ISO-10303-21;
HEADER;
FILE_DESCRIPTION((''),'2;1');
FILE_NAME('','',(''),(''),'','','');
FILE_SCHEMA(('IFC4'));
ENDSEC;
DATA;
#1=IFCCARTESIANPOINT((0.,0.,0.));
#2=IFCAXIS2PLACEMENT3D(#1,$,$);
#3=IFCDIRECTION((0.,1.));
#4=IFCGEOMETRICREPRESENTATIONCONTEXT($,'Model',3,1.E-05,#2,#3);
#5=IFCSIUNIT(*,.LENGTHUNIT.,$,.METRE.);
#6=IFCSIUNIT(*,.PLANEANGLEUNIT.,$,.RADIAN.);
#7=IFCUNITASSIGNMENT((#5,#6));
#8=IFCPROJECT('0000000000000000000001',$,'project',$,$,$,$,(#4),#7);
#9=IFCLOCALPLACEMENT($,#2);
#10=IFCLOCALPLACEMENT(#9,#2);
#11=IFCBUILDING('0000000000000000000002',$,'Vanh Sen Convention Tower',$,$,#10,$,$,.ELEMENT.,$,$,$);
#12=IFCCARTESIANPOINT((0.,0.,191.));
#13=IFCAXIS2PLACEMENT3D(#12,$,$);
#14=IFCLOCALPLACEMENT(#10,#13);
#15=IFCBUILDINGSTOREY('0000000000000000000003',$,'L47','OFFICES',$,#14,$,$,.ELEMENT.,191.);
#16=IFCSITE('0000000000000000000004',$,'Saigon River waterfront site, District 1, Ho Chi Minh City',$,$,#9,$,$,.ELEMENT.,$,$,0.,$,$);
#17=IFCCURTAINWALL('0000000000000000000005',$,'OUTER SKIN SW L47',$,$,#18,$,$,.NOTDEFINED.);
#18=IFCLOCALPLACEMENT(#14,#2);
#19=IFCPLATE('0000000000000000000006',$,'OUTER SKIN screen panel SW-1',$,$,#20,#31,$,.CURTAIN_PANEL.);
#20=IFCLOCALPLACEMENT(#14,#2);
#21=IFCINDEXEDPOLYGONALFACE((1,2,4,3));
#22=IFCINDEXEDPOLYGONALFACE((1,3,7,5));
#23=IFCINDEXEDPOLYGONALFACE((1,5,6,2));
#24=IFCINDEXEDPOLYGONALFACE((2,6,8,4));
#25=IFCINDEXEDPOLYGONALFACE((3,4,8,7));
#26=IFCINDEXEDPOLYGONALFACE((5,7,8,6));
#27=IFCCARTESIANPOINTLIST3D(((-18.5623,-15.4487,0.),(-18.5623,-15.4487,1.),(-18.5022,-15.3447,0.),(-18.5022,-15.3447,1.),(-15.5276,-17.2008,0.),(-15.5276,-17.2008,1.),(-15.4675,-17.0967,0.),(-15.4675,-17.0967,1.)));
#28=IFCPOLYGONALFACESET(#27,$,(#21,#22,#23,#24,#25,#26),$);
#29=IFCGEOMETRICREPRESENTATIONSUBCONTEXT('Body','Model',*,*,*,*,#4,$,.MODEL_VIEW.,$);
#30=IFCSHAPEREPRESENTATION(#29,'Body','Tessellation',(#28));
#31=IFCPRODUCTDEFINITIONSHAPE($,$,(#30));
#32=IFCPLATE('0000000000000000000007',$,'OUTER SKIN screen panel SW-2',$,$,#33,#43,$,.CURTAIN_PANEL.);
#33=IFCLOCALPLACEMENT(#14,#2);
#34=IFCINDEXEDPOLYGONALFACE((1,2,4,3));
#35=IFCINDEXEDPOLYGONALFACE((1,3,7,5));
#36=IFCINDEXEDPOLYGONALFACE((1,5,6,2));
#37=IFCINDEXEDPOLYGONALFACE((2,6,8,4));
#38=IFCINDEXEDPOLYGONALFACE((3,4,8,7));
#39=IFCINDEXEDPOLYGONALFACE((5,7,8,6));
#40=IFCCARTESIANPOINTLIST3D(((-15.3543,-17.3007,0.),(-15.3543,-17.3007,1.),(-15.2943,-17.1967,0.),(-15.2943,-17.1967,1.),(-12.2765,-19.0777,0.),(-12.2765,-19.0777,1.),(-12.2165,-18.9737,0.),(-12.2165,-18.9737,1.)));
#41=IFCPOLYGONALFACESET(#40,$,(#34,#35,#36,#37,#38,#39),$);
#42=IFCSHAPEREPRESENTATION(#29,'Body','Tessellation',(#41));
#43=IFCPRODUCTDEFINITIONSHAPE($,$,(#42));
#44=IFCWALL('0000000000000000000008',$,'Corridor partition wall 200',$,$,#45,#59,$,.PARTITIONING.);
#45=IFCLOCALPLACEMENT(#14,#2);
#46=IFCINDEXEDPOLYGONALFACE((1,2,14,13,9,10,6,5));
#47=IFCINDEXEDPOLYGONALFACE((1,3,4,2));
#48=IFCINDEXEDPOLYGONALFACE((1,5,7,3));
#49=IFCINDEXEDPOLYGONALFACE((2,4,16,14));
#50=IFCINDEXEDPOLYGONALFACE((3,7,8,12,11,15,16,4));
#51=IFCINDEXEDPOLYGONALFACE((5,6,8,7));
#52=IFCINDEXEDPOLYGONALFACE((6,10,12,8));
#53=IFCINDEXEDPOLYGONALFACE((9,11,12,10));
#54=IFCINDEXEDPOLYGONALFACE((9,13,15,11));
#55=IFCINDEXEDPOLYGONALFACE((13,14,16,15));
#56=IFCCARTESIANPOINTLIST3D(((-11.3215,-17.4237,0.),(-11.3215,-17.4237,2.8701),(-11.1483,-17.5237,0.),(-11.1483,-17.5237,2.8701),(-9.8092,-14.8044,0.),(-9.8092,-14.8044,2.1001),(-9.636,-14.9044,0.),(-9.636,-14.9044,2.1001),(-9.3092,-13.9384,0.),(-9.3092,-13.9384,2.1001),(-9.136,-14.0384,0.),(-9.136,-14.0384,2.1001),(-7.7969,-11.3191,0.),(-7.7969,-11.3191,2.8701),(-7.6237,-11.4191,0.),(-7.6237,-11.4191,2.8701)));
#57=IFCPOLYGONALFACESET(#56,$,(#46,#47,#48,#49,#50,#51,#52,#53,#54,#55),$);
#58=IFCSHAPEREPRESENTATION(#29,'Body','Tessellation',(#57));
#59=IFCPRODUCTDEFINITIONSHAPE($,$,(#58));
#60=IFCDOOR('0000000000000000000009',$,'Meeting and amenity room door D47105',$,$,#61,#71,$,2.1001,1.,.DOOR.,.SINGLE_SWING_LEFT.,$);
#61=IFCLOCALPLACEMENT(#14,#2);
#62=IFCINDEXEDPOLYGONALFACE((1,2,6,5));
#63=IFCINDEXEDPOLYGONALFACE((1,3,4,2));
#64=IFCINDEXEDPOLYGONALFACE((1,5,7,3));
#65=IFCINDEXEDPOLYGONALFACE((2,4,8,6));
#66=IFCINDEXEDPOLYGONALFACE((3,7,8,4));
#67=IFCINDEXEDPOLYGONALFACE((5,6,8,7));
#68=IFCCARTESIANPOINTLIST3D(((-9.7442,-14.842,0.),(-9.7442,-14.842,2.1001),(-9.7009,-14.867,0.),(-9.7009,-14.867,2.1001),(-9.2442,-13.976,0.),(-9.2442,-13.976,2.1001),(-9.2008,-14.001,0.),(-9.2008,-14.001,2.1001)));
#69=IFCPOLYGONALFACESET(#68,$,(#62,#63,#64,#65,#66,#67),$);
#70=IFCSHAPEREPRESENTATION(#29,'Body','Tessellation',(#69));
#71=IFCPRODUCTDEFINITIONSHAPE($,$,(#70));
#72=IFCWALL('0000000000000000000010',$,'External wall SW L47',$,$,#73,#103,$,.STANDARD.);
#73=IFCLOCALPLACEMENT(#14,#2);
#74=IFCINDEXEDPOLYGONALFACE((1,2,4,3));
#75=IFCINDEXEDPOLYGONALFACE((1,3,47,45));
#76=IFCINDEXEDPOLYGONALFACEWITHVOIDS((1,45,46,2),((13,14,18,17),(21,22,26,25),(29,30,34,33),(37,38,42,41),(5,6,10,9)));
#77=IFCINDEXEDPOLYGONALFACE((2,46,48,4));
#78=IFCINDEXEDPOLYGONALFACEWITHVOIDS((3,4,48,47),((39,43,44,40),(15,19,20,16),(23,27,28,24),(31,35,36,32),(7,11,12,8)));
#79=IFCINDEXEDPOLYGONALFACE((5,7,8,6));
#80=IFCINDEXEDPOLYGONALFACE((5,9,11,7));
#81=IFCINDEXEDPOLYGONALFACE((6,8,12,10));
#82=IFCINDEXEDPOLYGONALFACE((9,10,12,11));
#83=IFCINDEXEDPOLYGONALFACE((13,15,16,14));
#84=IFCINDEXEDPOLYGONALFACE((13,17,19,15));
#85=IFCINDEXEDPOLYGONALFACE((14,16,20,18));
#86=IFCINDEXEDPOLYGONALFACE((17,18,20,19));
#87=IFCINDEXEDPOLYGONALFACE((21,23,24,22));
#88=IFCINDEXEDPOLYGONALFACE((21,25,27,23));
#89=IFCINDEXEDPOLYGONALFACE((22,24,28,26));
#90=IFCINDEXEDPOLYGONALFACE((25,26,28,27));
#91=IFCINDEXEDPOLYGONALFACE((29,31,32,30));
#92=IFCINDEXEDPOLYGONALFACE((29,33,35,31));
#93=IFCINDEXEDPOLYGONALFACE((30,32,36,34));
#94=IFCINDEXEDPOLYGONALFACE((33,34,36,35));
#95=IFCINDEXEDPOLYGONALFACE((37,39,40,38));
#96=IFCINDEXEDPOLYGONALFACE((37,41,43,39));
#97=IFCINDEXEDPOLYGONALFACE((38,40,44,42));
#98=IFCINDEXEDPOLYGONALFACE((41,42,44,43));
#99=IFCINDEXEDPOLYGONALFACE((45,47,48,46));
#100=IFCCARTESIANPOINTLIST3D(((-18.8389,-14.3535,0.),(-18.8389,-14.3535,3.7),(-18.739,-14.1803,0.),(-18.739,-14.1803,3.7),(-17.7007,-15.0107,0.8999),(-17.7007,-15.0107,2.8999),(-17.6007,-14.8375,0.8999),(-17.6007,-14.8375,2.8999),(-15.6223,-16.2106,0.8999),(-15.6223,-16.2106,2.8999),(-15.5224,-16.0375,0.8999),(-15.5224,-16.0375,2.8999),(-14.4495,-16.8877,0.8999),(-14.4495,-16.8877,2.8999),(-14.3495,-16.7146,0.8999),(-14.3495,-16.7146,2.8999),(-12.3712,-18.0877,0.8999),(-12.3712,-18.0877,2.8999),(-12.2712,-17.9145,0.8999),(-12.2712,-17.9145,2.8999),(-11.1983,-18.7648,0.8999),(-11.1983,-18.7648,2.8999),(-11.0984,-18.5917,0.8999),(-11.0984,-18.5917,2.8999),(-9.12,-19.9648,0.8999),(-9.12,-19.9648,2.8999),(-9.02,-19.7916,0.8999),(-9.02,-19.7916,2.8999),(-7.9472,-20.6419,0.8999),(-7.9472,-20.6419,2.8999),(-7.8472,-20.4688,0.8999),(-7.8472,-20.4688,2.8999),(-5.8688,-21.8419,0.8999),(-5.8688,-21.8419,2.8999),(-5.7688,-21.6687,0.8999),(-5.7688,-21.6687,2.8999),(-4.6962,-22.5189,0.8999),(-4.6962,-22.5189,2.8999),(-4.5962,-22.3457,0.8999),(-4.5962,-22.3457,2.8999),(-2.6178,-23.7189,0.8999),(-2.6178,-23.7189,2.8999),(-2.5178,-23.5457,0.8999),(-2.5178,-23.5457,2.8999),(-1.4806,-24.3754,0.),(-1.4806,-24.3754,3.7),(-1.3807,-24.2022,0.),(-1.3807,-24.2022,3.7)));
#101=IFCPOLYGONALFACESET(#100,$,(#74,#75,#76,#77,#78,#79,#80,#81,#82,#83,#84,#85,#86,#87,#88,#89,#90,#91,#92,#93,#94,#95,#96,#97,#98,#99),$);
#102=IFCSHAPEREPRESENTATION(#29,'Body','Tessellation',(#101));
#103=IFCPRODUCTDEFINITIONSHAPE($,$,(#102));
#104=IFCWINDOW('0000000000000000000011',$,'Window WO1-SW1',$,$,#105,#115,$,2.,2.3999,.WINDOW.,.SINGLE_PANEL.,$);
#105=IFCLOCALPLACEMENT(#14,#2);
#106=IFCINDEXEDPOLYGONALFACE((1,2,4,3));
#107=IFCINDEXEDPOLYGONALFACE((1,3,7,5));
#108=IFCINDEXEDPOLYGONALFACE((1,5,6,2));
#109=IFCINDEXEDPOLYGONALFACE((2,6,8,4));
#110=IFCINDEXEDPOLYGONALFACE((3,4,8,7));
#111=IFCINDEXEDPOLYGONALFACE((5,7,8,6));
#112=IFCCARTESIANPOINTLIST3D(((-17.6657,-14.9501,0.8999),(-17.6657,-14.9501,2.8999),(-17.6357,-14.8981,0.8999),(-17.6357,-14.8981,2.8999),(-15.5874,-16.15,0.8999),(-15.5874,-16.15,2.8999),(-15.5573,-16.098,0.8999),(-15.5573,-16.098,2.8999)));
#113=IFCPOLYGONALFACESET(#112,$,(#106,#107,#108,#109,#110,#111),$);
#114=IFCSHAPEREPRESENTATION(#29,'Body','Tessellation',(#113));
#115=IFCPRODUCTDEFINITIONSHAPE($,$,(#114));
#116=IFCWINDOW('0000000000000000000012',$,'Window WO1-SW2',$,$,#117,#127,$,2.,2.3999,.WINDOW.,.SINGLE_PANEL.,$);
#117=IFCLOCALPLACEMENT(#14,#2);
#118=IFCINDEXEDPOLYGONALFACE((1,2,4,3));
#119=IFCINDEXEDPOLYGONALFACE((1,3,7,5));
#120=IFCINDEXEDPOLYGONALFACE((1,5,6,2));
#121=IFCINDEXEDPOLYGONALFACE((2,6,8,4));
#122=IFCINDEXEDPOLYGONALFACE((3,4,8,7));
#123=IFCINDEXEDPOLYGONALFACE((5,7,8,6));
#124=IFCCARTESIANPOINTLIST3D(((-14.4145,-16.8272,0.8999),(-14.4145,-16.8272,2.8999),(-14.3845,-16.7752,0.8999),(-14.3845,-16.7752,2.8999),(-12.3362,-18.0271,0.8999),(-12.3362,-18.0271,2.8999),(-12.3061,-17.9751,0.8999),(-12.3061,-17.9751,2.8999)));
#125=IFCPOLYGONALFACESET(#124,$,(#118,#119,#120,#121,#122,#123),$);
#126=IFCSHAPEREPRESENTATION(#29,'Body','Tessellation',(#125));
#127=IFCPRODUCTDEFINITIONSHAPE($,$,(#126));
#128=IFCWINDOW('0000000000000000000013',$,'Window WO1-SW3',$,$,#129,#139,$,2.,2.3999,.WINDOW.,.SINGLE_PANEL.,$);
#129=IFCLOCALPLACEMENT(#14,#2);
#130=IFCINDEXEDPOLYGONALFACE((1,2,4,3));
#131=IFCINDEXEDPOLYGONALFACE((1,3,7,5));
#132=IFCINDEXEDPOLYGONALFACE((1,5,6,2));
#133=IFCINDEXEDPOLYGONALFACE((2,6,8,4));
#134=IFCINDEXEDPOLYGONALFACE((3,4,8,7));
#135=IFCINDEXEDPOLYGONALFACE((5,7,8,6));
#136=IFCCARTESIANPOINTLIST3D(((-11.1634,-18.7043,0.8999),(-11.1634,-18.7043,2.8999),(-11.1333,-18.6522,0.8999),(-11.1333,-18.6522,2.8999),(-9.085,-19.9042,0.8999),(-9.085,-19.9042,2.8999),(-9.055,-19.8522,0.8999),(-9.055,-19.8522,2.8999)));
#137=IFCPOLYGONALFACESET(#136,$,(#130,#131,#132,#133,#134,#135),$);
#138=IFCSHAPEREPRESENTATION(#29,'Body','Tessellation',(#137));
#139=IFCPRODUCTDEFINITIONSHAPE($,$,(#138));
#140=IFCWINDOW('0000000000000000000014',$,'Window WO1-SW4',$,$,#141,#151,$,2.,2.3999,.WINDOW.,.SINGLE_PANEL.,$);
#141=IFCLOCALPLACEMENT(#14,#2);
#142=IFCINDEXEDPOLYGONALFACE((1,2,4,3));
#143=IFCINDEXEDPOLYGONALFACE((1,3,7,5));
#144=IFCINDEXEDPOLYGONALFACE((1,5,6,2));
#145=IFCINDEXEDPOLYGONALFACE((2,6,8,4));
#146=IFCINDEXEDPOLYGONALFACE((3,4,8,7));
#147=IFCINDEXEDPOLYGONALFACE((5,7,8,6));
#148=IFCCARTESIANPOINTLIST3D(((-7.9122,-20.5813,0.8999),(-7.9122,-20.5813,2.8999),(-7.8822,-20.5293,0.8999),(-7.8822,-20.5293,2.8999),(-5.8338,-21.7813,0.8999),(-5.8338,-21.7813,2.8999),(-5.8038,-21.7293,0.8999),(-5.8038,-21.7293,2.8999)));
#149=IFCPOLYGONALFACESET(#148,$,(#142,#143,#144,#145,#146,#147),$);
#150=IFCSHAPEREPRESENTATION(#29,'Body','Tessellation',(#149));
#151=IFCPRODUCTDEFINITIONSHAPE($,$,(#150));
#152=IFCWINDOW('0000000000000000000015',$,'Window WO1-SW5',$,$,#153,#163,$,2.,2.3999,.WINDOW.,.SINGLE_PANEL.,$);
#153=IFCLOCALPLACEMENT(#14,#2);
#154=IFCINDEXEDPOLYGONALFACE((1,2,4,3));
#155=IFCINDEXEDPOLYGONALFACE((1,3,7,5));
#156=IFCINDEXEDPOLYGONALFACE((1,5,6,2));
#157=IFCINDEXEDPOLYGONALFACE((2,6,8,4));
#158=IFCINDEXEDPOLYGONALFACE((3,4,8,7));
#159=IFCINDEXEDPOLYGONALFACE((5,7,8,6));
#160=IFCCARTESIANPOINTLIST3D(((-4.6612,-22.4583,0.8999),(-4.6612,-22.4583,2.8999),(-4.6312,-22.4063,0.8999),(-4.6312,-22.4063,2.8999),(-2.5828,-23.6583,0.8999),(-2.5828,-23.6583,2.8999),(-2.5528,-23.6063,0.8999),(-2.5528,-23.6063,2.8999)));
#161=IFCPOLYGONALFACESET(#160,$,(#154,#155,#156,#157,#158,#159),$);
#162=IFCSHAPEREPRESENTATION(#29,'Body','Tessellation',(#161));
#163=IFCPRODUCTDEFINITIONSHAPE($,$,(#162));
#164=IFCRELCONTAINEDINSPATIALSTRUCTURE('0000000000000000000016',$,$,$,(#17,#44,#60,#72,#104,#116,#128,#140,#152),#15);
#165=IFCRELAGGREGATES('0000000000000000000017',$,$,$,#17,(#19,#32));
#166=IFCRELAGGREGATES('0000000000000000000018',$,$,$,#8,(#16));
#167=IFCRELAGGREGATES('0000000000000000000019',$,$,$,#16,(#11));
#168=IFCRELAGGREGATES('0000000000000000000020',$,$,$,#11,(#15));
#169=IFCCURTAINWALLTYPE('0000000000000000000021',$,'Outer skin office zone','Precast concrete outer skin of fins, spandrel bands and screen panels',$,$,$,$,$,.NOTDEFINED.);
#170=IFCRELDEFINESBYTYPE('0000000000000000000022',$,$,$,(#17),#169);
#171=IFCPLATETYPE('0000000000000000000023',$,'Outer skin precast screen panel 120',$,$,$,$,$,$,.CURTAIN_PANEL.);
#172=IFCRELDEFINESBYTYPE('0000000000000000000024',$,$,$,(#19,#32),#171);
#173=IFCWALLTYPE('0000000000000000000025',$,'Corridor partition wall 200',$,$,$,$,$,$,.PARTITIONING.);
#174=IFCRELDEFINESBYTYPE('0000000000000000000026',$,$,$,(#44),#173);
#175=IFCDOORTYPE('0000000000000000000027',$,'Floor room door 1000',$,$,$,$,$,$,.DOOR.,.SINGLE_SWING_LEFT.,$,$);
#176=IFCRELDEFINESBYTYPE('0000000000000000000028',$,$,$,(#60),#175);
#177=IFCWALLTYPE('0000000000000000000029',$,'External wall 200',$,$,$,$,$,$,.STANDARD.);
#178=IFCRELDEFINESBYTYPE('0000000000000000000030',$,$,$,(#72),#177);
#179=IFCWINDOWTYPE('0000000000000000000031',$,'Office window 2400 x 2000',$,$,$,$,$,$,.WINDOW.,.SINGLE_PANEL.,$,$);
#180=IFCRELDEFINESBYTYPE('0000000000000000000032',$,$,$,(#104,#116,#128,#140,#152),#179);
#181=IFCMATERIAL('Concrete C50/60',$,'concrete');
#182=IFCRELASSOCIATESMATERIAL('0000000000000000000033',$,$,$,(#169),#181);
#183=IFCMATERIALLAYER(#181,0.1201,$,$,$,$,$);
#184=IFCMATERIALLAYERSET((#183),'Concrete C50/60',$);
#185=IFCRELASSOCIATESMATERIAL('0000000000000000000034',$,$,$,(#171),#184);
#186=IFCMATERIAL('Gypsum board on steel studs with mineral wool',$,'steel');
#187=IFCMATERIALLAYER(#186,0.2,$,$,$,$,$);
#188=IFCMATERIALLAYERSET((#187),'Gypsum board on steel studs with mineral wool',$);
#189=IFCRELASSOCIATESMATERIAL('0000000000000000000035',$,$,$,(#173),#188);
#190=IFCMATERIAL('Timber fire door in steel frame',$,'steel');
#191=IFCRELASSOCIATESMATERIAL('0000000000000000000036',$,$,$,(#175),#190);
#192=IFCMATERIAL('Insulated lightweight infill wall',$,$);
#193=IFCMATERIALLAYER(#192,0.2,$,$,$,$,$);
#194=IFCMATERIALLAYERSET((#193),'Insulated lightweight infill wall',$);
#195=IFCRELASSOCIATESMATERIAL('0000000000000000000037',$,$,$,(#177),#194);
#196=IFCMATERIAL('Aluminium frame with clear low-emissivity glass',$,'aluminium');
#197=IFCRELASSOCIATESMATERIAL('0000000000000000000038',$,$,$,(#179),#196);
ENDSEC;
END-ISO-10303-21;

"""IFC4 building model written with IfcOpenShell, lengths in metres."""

from ifc_helpers import new_model, si_unit, direction, frame, frame_2d, origin, origin_2d, place, context, subcontext, project, spatial, rectangle, extrude, material, layer, layer_set, type_object, element, fill, aggregate, save


model = new_model("IFC4")

# Units and contexts
model_context = context("Model", 3, precision=1e-05, world=origin(), true_north=direction((0.0, 1.0)))
body_context = subcontext(model_context, "Body", "Model", "MODEL_VIEW")
ifc_project = project(units=[si_unit("LENGTHUNIT", "METRE"), si_unit("PLANEANGLEUNIT", "RADIAN")], contexts=[model_context])

# Site, building, storey
site_placement = place(None, origin())
site = spatial("IfcSite", under=ifc_project, at=site_placement, Name="Saigon River waterfront site, District 1, Ho Chi Minh City", CompositionType="ELEMENT", RefElevation=0.0)
building_placement = place(site_placement, origin())
building = spatial("IfcBuilding", under=site, at=building_placement, Name="Vanh Sen Convention Tower", CompositionType="ELEMENT")
storey_placement = place(building_placement, frame((0.0, 0.0, 191.0)))
storey = spatial("IfcBuildingStorey", under=building, at=storey_placement, Name="L47", Description="OFFICES", CompositionType="ELEMENT", Elevation=191.0)

# Curtain wall
ifc_material_1 = material(Name="Concrete C50/60", Category="concrete")
curtain_wall_type = type_object("IfcCurtainWallType", Name="Outer skin office zone", Description="Precast concrete outer skin of fins, spandrel bands and screen panels", PredefinedType="NOTDEFINED", material=ifc_material_1)
curtain_wall_1_placement = place(storey_placement, origin())
curtain_wall_1 = element("IfcCurtainWall", 1, at=curtain_wall_1_placement, inside=storey, type_object=curtain_wall_type, Name="OUTER SKIN SW L47", PredefinedType="NOTDEFINED")

# Shared definitions
ifc_layer_1 = layer(ifc_material_1, 0.1201)
ifc_layer_set_1 = layer_set([ifc_layer_1], Name="Concrete C50/60")
plate_type = type_object("IfcPlateType", Name="Outer skin precast screen panel 120", PredefinedType="CURTAIN_PANEL", material=ifc_layer_set_1)

# Plates
plate_1_placement = place(storey_placement, frame((-17.0149, -16.2727, 0.0), z_axis=(0.0, 0.0, 1.0), x_axis=(0.866024, -0.500003, 0.0)))
plate_1 = element("IfcPlate", 2, at=plate_1_placement, type_object=plate_type, Name="OUTER SKIN screen panel SW-1", PredefinedType="CURTAIN_PANEL", context=body_context, shape_type="SweptSolid", body=[
    extrude(rectangle(XDim=3.5042, YDim=0.1201, at=origin_2d()), origin(), (0.0, 0.0, 1.0), 1.0),
])
plate_2_placement = place(storey_placement, frame((-13.7854, -18.1372, 0.0), z_axis=(0.0, 0.0, 1.0), x_axis=(0.866028, -0.499995, 0.0)))
plate_2 = element("IfcPlate", 3, at=plate_2_placement, type_object=plate_type, Name="OUTER SKIN screen panel SW-2", PredefinedType="CURTAIN_PANEL", context=body_context, shape_type="SweptSolid", body=[
    extrude(rectangle(XDim=3.554, YDim=0.1201, at=origin_2d()), origin(), (0.0, 0.0, 1.0), 1.0),
])
aggregate(curtain_wall_1, [plate_1, plate_2])

# Wall, opening, door
ifc_material_2 = material(Name="Gypsum board on steel studs with mineral wool", Category="steel")
ifc_layer_2 = layer(ifc_material_2, 0.2)
ifc_layer_set_2 = layer_set([ifc_layer_2], Name="Gypsum board on steel studs with mineral wool")
wall_type_1 = type_object("IfcWallType", Name="Corridor partition wall 200", PredefinedType="PARTITIONING", material=ifc_layer_set_2)
wall_1_placement = place(storey_placement, frame((-11.2349, -17.4736, 0.0), z_axis=(0.0, 0.0, 1.0), x_axis=(0.500009, 0.86602, 0.0)))
wall_1 = element("IfcWall", 4, at=wall_1_placement, inside=storey, type_object=wall_type_1, Name="Corridor partition wall 200", PredefinedType="PARTITIONING", context=body_context, shape_type="SweptSolid", body=[
    extrude(rectangle(XDim=7.0491, YDim=0.2, at=frame_2d((3.5244, 0.0))), origin(), (0.0, 0.0, 1.0), 2.8701),
])
opening_1_placement = place(wall_1_placement, frame((3.0244, 0.0, 0.0)))
opening_1 = element("IfcOpeningElement", 5, at=opening_1_placement, cuts=wall_1, PredefinedType="OPENING", context=body_context, shape_type="SweptSolid", body=[
    extrude(rectangle(XDim=1.0, YDim=2.1001, at=frame_2d((0.5, 1.05))), frame((0.0, 0.1099, 0.0), z_axis=(0.0, -1.0, 0.0), x_axis=(1.0, 0.0, 0.0)), (0.0, 0.0, 1.0), 0.22),
])
ifc_material_3 = material(Name="Timber fire door in steel frame", Category="steel")
door_type = type_object("IfcDoorType", Name="Floor room door 1000", OperationType="SINGLE_SWING_LEFT", PredefinedType="DOOR", material=ifc_material_3)
door_placement = place(opening_1_placement, origin())
door = element("IfcDoor", 6, at=door_placement, inside=storey, type_object=door_type, Name="Meeting and amenity room door D47105", OperationType="SINGLE_SWING_LEFT", OverallHeight=2.1001, OverallWidth=1.0, PredefinedType="DOOR", context=body_context, shape_type="SweptSolid", body=[
    extrude(rectangle(XDim=1.0, YDim=2.1001, at=frame_2d((0.5, 1.05))), frame((0.0, 0.0249, 0.0), z_axis=(0.0, -1.0, 0.0), x_axis=(1.0, 0.0, 0.0)), (0.0, 0.0, 1.0), 0.05),
])
fill(opening_1, door)

# Wall, openings, windows
ifc_material_4 = material(Name="Insulated lightweight infill wall")
ifc_layer_3 = layer(ifc_material_4, 0.2)
ifc_layer_set_3 = layer_set([ifc_layer_3], Name="Insulated lightweight infill wall")
wall_type_2 = type_object("IfcWallType", Name="External wall 200", PredefinedType="STANDARD", material=ifc_layer_set_3)
wall_2_placement = place(storey_placement, frame((-18.7891, -14.2668, 0.0), z_axis=(0.0, 0.0, 1.0), x_axis=(0.866023, -0.500004, 0.0)))
wall_2 = element("IfcWall", 7, at=wall_2_placement, inside=storey, type_object=wall_type_2, Name="External wall SW L47", PredefinedType="STANDARD", context=body_context, shape_type="SweptSolid", body=[
    extrude(rectangle(XDim=20.0437, YDim=0.2, at=frame_2d((10.022, 0.0))), origin(), (0.0, 0.0, 1.0), 3.7),
])
opening_2_placement = place(wall_2_placement, frame((1.3145, 0.0, 0.8999)))
opening_2 = element("IfcOpeningElement", 8, at=opening_2_placement, cuts=wall_2, PredefinedType="OPENING", context=body_context, shape_type="SweptSolid", body=[
    extrude(rectangle(XDim=2.3999, YDim=2.0, at=frame_2d((1.2, 1.0))), frame((0.0, 0.1099, 0.0), z_axis=(0.0, -1.0, 0.0), x_axis=(1.0, 0.0, 0.0)), (0.0, 0.0, 1.0), 0.22),
])
opening_3_placement = place(wall_2_placement, frame((5.0686, 0.0, 0.8999)))
opening_3 = element("IfcOpeningElement", 9, at=opening_3_placement, cuts=wall_2, PredefinedType="OPENING", context=body_context, shape_type="SweptSolid", body=[
    extrude(rectangle(XDim=2.3999, YDim=2.0, at=frame_2d((1.2, 1.0))), frame((0.0, 0.1099, 0.0), z_axis=(0.0, -1.0, 0.0), x_axis=(1.0, 0.0, 0.0)), (0.0, 0.0, 1.0), 0.22),
])
opening_4_placement = place(wall_2_placement, frame((8.8228, 0.0, 0.8999)))
opening_4 = element("IfcOpeningElement", 10, at=opening_4_placement, cuts=wall_2, PredefinedType="OPENING", context=body_context, shape_type="SweptSolid", body=[
    extrude(rectangle(XDim=2.3999, YDim=2.0, at=frame_2d((1.2, 1.0))), frame((0.0, 0.1099, 0.0), z_axis=(0.0, -1.0, 0.0), x_axis=(1.0, 0.0, 0.0)), (0.0, 0.0, 1.0), 0.22),
])
opening_5_placement = place(wall_2_placement, frame((12.5769, 0.0, 0.8999)))
opening_5 = element("IfcOpeningElement", 11, at=opening_5_placement, cuts=wall_2, PredefinedType="OPENING", context=body_context, shape_type="SweptSolid", body=[
    extrude(rectangle(XDim=2.3999, YDim=2.0, at=frame_2d((1.2, 1.0))), frame((0.0, 0.1099, 0.0), z_axis=(0.0, -1.0, 0.0), x_axis=(1.0, 0.0, 0.0)), (0.0, 0.0, 1.0), 0.22),
])
opening_6_placement = place(wall_2_placement, frame((16.3308, 0.0, 0.8999)))
opening_6 = element("IfcOpeningElement", 12, at=opening_6_placement, cuts=wall_2, PredefinedType="OPENING", context=body_context, shape_type="SweptSolid", body=[
    extrude(rectangle(XDim=2.3999, YDim=2.0, at=frame_2d((1.2, 1.0))), frame((0.0, 0.1099, 0.0), z_axis=(0.0, -1.0, 0.0), x_axis=(1.0, 0.0, 0.0)), (0.0, 0.0, 1.0), 0.22),
])
ifc_material_5 = material(Name="Aluminium frame with clear low-emissivity glass", Category="aluminium")
window_type = type_object("IfcWindowType", Name="Office window 2400 x 2000", PartitioningType="SINGLE_PANEL", PredefinedType="WINDOW", material=ifc_material_5)
window_1_placement = place(opening_2_placement, origin())
window_1 = element("IfcWindow", 13, at=window_1_placement, inside=storey, type_object=window_type, Name="Window WO1-SW1", OverallHeight=2.0, OverallWidth=2.3999, PartitioningType="SINGLE_PANEL", PredefinedType="WINDOW", context=body_context, shape_type="SweptSolid", body=[
    extrude(rectangle(XDim=2.3999, YDim=2.0, at=frame_2d((1.2, 1.0))), frame((0.0, 0.03, 0.0), z_axis=(0.0, -1.0, 0.0), x_axis=(1.0, 0.0, 0.0)), (0.0, 0.0, 1.0), 0.0601),
])
fill(opening_2, window_1)
window_2_placement = place(opening_3_placement, origin())
window_2 = element("IfcWindow", 14, at=window_2_placement, inside=storey, type_object=window_type, Name="Window WO1-SW2", OverallHeight=2.0, OverallWidth=2.3999, PartitioningType="SINGLE_PANEL", PredefinedType="WINDOW", context=body_context, shape_type="SweptSolid", body=[
    extrude(rectangle(XDim=2.3999, YDim=2.0, at=frame_2d((1.2, 1.0))), frame((0.0, 0.03, 0.0), z_axis=(0.0, -1.0, 0.0), x_axis=(1.0, 0.0, 0.0)), (0.0, 0.0, 1.0), 0.0601),
])
fill(opening_3, window_2)
window_3_placement = place(opening_4_placement, origin())
window_3 = element("IfcWindow", 15, at=window_3_placement, inside=storey, type_object=window_type, Name="Window WO1-SW3", OverallHeight=2.0, OverallWidth=2.3999, PartitioningType="SINGLE_PANEL", PredefinedType="WINDOW", context=body_context, shape_type="SweptSolid", body=[
    extrude(rectangle(XDim=2.3999, YDim=2.0, at=frame_2d((1.2, 1.0))), frame((0.0, 0.03, 0.0), z_axis=(0.0, -1.0, 0.0), x_axis=(1.0, 0.0, 0.0)), (0.0, 0.0, 1.0), 0.0601),
])
fill(opening_4, window_3)
window_4_placement = place(opening_5_placement, origin())
window_4 = element("IfcWindow", 16, at=window_4_placement, inside=storey, type_object=window_type, Name="Window WO1-SW4", OverallHeight=2.0, OverallWidth=2.3999, PartitioningType="SINGLE_PANEL", PredefinedType="WINDOW", context=body_context, shape_type="SweptSolid", body=[
    extrude(rectangle(XDim=2.3999, YDim=2.0, at=frame_2d((1.2, 1.0))), frame((0.0, 0.03, 0.0), z_axis=(0.0, -1.0, 0.0), x_axis=(1.0, 0.0, 0.0)), (0.0, 0.0, 1.0), 0.0601),
])
fill(opening_5, window_4)
window_5_placement = place(opening_6_placement, origin())
window_5 = element("IfcWindow", 17, at=window_5_placement, inside=storey, type_object=window_type, Name="Window WO1-SW5", OverallHeight=2.0, OverallWidth=2.3999, PartitioningType="SINGLE_PANEL", PredefinedType="WINDOW", context=body_context, shape_type="SweptSolid", body=[
    extrude(rectangle(XDim=2.3999, YDim=2.0, at=frame_2d((1.2, 1.0))), frame((0.0, 0.03, 0.0), z_axis=(0.0, -1.0, 0.0), x_axis=(1.0, 0.0, 0.0)), (0.0, 0.0, 1.0), 0.0601),
])
fill(opening_6, window_5)

save(model, "model.ifc")
